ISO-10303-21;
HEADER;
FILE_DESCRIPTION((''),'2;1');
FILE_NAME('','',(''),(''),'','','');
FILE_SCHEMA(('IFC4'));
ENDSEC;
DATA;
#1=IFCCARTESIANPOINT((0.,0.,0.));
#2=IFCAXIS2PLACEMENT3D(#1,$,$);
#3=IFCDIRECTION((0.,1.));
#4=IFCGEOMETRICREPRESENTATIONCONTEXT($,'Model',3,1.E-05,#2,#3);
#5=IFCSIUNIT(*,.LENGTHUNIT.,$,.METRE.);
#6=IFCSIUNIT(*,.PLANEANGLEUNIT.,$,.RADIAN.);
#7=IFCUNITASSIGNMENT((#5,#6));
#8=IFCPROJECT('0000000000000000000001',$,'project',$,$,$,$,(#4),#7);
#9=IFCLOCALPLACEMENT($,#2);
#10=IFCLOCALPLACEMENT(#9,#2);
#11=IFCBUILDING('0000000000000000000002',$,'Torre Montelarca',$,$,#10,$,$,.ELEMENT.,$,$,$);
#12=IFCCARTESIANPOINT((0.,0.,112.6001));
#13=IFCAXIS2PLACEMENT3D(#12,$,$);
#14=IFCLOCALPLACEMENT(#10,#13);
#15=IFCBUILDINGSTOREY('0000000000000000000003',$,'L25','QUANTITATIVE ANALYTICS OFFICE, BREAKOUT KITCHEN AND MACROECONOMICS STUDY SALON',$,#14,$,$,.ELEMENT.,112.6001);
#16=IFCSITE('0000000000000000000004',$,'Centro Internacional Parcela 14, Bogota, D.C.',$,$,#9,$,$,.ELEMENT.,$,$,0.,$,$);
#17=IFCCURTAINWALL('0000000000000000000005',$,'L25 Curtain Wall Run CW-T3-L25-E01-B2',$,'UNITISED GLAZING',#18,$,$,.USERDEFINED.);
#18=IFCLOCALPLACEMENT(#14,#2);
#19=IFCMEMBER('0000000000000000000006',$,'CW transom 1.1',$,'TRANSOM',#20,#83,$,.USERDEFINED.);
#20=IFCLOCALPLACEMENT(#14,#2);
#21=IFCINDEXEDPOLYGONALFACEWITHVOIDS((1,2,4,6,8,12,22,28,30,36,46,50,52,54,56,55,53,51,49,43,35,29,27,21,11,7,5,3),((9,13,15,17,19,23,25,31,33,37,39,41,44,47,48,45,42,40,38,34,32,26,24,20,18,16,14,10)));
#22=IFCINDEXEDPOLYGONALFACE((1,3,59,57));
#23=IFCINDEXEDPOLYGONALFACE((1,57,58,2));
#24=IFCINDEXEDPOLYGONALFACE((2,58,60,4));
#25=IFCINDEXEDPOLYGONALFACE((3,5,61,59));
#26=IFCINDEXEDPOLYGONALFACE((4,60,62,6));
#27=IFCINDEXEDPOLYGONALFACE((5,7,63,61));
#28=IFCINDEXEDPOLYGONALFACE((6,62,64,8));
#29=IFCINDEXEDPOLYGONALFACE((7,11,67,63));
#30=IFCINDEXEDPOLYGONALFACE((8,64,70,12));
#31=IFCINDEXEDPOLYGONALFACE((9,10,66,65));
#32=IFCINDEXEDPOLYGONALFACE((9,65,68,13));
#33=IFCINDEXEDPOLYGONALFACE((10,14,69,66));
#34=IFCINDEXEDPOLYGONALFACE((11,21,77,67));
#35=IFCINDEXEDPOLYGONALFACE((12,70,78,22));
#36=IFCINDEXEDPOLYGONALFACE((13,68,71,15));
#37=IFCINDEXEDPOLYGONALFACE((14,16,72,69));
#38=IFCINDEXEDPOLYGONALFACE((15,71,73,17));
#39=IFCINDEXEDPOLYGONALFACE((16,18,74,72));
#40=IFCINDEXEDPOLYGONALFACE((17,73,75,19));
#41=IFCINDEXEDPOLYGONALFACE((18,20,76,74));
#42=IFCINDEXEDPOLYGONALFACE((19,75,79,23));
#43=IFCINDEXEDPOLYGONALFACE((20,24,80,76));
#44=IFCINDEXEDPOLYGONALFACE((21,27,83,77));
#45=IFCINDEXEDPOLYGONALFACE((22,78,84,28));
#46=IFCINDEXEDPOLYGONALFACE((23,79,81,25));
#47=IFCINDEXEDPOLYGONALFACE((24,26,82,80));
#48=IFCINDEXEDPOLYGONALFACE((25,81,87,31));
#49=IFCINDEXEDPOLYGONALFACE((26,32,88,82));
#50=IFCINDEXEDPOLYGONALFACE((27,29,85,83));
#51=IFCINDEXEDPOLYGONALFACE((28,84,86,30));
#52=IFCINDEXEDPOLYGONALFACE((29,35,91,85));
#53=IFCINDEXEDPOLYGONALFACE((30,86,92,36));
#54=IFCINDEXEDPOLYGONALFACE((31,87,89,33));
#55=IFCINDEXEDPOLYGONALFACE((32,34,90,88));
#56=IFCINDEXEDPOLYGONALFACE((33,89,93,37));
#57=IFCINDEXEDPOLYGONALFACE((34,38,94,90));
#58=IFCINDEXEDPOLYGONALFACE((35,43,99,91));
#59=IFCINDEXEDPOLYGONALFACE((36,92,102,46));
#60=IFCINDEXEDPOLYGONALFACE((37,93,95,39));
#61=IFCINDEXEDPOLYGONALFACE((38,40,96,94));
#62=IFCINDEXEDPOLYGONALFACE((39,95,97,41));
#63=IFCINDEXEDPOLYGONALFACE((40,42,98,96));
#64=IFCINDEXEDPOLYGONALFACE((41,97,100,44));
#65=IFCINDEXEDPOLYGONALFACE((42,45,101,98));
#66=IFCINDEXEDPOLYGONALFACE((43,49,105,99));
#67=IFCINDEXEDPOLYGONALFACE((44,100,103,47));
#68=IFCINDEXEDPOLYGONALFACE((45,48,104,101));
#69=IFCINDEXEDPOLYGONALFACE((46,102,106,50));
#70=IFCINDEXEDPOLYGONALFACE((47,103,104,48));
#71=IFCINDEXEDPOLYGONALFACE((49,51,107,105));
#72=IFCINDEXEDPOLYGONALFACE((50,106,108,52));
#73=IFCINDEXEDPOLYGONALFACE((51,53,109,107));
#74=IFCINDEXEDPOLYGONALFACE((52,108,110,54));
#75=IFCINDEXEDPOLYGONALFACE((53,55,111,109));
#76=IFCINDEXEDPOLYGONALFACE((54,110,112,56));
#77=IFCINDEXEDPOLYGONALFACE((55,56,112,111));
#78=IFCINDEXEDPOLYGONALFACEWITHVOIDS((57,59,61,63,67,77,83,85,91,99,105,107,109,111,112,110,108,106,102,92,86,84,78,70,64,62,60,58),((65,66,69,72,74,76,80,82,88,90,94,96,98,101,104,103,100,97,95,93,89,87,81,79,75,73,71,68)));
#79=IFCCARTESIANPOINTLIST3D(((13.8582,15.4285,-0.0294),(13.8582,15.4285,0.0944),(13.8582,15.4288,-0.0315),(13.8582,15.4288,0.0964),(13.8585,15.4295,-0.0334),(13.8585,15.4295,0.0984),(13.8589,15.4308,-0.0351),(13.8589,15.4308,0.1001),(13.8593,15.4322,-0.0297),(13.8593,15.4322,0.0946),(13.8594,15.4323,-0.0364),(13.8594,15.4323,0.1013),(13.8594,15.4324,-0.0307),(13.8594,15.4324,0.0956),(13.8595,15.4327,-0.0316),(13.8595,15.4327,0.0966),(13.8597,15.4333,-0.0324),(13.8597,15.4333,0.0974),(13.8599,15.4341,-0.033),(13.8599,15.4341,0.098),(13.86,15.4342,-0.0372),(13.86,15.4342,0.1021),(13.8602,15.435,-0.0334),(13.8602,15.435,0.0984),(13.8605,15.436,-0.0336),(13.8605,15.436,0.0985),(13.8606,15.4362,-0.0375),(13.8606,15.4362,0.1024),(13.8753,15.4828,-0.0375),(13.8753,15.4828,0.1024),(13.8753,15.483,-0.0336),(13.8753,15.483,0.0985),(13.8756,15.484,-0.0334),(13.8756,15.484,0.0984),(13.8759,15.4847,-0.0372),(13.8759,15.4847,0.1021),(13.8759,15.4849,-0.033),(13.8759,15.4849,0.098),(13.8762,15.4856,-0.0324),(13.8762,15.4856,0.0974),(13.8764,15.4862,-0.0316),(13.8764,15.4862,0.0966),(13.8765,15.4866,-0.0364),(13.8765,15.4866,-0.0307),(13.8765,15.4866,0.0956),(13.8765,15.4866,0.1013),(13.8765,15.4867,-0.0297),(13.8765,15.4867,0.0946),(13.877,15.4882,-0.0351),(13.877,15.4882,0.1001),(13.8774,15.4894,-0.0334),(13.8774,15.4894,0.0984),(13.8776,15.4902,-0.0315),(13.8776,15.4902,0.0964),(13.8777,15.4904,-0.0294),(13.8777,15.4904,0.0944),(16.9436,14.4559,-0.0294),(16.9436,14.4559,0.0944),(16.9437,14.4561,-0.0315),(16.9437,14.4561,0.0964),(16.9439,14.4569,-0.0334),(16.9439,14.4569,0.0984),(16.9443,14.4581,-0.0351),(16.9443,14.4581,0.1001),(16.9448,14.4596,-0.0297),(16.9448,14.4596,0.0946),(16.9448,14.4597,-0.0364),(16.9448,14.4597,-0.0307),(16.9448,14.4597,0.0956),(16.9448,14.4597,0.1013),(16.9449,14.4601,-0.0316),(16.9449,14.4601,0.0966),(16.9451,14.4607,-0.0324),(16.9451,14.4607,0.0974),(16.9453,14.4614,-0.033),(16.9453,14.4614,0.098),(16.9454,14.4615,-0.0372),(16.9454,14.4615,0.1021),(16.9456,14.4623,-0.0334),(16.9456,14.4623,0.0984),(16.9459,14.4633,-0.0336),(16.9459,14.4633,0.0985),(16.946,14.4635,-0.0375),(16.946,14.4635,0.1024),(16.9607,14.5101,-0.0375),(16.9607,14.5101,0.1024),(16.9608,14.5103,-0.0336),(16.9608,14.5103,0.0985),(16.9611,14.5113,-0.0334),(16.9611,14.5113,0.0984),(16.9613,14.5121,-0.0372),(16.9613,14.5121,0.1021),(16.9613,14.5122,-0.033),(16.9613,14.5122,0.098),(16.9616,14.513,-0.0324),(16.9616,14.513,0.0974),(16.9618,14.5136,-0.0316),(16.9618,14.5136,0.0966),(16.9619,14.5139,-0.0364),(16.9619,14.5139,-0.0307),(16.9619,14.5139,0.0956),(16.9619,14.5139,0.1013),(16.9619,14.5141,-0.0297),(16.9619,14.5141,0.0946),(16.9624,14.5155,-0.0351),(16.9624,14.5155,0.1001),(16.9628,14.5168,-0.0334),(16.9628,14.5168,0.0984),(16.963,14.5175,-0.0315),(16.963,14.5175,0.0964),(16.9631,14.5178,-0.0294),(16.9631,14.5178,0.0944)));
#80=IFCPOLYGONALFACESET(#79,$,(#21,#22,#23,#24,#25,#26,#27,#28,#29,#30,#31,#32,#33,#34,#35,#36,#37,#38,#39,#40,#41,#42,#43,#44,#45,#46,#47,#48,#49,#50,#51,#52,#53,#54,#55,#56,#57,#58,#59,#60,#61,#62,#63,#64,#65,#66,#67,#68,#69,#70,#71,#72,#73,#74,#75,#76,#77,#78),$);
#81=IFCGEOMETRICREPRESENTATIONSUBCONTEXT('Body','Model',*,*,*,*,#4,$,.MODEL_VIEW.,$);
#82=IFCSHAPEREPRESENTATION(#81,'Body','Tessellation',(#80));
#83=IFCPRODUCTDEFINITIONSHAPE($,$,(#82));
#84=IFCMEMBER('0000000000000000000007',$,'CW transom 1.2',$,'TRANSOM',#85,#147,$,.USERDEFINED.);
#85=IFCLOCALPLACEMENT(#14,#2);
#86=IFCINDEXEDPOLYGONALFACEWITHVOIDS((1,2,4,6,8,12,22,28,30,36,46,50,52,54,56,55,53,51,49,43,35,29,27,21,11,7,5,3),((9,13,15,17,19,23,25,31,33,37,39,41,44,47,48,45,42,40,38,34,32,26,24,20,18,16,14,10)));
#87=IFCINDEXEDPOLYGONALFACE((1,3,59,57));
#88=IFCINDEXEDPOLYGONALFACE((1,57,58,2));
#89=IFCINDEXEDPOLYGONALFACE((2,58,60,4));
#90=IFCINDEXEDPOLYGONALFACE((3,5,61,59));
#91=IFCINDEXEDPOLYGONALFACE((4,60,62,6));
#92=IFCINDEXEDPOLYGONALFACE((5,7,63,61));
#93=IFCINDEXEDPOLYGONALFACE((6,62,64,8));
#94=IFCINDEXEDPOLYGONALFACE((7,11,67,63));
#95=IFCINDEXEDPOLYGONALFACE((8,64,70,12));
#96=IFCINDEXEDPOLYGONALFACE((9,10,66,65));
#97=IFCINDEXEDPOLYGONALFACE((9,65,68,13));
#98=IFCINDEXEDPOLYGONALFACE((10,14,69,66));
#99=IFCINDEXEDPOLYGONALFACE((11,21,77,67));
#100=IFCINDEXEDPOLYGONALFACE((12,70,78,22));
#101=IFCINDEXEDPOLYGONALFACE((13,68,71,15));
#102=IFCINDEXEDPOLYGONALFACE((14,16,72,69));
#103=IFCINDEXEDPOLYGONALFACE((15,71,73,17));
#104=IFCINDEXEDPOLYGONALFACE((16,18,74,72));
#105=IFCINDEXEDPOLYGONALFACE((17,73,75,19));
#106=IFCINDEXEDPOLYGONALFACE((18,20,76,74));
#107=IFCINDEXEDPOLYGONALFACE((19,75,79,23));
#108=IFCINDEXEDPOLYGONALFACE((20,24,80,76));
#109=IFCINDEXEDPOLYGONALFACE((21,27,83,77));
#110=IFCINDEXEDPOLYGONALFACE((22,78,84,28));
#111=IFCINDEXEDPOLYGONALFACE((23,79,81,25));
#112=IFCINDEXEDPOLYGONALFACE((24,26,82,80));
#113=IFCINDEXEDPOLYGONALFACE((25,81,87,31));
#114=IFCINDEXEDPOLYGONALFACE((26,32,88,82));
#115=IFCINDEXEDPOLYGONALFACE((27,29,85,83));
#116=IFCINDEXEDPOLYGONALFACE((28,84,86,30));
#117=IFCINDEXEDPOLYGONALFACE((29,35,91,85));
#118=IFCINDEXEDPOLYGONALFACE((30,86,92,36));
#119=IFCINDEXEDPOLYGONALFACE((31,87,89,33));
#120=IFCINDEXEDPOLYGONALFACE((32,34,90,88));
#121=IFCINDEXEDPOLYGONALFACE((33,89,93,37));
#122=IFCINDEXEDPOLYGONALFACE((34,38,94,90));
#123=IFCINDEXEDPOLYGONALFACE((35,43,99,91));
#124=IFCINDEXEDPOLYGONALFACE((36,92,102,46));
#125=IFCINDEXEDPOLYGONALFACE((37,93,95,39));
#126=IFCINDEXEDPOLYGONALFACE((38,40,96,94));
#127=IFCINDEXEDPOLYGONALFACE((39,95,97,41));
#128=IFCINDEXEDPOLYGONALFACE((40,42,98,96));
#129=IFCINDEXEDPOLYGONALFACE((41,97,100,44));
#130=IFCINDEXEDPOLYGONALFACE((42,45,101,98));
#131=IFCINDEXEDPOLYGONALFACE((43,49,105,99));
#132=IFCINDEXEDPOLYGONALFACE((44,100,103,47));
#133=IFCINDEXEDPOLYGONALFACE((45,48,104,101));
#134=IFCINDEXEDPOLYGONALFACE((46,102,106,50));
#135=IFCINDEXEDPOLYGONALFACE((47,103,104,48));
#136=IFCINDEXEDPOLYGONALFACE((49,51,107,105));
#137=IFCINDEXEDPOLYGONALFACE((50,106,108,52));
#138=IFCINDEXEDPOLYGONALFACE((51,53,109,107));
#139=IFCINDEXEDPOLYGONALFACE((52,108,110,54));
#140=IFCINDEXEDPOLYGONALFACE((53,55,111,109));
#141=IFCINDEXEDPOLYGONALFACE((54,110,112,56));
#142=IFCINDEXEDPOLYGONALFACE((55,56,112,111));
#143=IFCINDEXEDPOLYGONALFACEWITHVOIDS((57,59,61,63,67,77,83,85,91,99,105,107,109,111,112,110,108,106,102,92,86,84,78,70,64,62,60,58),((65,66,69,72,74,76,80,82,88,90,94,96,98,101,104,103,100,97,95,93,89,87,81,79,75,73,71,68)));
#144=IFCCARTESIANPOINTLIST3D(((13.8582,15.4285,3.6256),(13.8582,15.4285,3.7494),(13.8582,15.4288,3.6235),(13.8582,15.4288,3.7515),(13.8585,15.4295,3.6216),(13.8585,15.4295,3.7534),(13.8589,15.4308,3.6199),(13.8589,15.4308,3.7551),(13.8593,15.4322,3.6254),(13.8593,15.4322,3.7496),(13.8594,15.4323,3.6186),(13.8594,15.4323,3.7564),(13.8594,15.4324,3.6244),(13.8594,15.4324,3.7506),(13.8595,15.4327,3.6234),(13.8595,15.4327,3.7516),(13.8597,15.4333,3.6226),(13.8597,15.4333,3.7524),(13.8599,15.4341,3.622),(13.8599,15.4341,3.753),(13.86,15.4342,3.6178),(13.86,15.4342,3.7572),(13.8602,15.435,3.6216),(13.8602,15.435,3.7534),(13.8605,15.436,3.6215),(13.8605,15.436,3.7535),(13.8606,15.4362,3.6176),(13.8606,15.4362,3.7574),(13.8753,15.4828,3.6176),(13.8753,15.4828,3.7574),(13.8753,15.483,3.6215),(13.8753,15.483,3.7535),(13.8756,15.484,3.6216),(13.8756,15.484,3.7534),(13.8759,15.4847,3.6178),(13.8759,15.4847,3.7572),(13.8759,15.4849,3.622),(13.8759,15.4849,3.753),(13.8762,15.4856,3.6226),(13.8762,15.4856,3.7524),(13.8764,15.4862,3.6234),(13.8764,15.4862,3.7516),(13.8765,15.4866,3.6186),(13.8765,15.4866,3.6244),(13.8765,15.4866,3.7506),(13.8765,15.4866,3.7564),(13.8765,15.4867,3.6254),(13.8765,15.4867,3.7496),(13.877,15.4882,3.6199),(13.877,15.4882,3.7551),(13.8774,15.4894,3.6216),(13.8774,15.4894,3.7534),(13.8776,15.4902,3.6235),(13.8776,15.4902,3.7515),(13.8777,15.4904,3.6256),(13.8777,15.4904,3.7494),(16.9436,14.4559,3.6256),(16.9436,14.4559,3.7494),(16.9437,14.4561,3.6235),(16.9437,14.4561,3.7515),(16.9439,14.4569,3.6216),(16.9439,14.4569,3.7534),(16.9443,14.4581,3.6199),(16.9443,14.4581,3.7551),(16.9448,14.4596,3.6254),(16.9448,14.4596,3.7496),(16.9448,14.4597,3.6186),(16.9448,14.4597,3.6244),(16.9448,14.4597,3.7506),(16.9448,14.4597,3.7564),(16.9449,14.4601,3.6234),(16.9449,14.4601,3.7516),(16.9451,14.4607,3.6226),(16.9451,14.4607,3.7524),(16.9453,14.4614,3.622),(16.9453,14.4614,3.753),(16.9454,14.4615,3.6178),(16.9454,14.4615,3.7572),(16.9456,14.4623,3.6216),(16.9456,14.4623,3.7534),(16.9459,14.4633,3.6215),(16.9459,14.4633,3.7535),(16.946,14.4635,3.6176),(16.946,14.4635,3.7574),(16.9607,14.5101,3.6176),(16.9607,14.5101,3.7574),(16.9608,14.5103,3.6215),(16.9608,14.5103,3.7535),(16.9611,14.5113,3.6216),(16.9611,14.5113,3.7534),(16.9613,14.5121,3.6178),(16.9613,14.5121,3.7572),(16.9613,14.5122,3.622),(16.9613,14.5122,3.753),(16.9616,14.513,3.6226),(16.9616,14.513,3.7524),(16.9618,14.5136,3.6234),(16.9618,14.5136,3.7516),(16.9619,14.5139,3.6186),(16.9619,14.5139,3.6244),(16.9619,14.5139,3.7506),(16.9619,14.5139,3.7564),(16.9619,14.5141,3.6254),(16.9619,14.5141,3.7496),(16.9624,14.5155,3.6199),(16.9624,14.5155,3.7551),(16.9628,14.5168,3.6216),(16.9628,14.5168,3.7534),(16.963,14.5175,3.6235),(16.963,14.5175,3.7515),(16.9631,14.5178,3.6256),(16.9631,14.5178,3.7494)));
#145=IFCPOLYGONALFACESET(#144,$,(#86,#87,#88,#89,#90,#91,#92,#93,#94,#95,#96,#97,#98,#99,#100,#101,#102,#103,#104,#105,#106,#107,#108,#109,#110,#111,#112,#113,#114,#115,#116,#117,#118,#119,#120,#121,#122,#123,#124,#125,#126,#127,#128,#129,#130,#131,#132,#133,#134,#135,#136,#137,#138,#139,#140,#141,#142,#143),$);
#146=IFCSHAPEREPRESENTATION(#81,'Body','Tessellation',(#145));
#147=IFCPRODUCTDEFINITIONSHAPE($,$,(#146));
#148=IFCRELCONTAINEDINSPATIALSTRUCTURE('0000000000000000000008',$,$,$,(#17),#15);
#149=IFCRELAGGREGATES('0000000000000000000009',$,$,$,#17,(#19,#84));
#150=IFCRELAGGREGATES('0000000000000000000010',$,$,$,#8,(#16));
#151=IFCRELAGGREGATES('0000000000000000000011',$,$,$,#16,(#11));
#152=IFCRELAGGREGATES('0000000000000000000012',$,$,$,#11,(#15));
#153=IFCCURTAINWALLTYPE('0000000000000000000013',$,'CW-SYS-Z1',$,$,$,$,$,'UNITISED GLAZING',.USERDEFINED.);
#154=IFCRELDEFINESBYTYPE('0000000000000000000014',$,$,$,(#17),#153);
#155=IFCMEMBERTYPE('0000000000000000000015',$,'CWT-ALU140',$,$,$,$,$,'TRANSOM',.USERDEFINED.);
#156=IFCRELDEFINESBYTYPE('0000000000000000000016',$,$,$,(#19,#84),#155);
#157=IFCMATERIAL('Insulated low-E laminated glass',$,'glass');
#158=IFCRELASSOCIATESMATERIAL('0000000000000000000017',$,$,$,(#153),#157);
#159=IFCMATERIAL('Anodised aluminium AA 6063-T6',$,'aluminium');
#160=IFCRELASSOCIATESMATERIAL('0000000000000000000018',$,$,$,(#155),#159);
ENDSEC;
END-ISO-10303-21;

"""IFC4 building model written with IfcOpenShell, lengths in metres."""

from ifc_helpers import new_model, si_unit, direction, frame, origin, origin_2d, place, context, subcontext, project, spatial, hollow_rectangle, extrude, source, transform, mapped, material, material_profile, profile_set, type_object, element, aggregate, save


model = new_model("IFC4")

# Units and contexts
model_context = context("Model", 3, precision=1e-05, world=origin(), true_north=direction((0.0, 1.0)))
body_context = subcontext(model_context, "Body", "Model", "MODEL_VIEW")
ifc_project = project(units=[si_unit("LENGTHUNIT", "METRE"), si_unit("PLANEANGLEUNIT", "RADIAN")], contexts=[model_context])

# Site, building, storey
site_placement = place(None, origin())
site = spatial("IfcSite", under=ifc_project, at=site_placement, Name="Centro Internacional Parcela 14, Bogota, D.C.", CompositionType="ELEMENT", RefElevation=0.0)
building_placement = place(site_placement, origin())
building = spatial("IfcBuilding", under=site, at=building_placement, Name="Torre Montelarca", CompositionType="ELEMENT")
storey_placement = place(building_placement, frame((0.0, 0.0, 112.6001)))
storey = spatial("IfcBuildingStorey", under=building, at=storey_placement, Name="L25", Description="QUANTITATIVE ANALYTICS OFFICE, BREAKOUT KITCHEN AND MACROECONOMICS STUDY SALON", CompositionType="ELEMENT", Elevation=112.6001)

# Curtain wall, members
ifc_material_1 = material(Name="Insulated low-E laminated glass", Category="glass")
curtain_wall_type = type_object("IfcCurtainWallType", Name="CW-SYS-Z1", ElementType="UNITISED GLAZING", PredefinedType="USERDEFINED", material=ifc_material_1)
ifc_material_2 = material(Name="Anodised aluminium AA 6063-T6", Category="aluminium")
ifc_material_profile_1 = material_profile(ifc_material_2, hollow_rectangle(XDim=0.0649, YDim=0.1399, WallThickness=0.0039, InnerFilletRadius=0.0039, OuterFilletRadius=0.0081, at=origin_2d()), Name="ALU65X140X4", Category="aluminium")
ifc_profile_set_1 = profile_set([ifc_material_profile_1], Name="Anodised aluminium AA 6063-T6")
member_type_1 = type_object("IfcMemberType", Name="CWT-ALU140", ElementType="TRANSOM", PredefinedType="USERDEFINED", material=ifc_profile_set_1)
curtain_wall_1_placement = place(storey_placement, origin())
curtain_wall_1 = element("IfcCurtainWall", 1, at=curtain_wall_1_placement, inside=storey, type_object=curtain_wall_type, Name="L25 Curtain Wall Run CW-T3-L25-E01-B2", ObjectType="UNITISED GLAZING", PredefinedType="USERDEFINED")
shared_shape_1 = source(origin(), body_context, "Body", "SweptSolid", [
    extrude(hollow_rectangle(XDim=0.0649, YDim=0.1399, WallThickness=0.0039, InnerFilletRadius=0.0039, OuterFilletRadius=0.0081, at=origin_2d()), origin(), (0.0, 0.0, 1.0), 3.2351),
])
member_1_placement = place(storey_placement, frame((13.8679, 15.4595, 0.0325), z_axis=(0.953733, -0.300655, 0.0), x_axis=(0.300655, 0.953733, 0.0)))
member_1 = element("IfcMember", 2, at=member_1_placement, type_object=member_type_1, Name="CW transom 1.1", ObjectType="TRANSOM", PredefinedType="USERDEFINED", context=body_context, shape_type="MappedRepresentation", body=[
    mapped(shared_shape_1, transform((0.0, 0.0, 0.0), scale=1.0)),
])
member_2_placement = place(storey_placement, frame((13.8679, 15.4595, 3.6875), z_axis=(0.953733, -0.300655, 0.0), x_axis=(0.300655, 0.953733, 0.0)))
member_2 = element("IfcMember", 3, at=member_2_placement, type_object=member_type_1, Name="CW transom 1.2", ObjectType="TRANSOM", PredefinedType="USERDEFINED", context=body_context, shape_type="MappedRepresentation", body=[
    mapped(shared_shape_1, transform((0.0, 0.0, 0.0), scale=1.0)),
])

aggregate(curtain_wall_1, [member_1, member_2])

save(model, "model.ifc")
